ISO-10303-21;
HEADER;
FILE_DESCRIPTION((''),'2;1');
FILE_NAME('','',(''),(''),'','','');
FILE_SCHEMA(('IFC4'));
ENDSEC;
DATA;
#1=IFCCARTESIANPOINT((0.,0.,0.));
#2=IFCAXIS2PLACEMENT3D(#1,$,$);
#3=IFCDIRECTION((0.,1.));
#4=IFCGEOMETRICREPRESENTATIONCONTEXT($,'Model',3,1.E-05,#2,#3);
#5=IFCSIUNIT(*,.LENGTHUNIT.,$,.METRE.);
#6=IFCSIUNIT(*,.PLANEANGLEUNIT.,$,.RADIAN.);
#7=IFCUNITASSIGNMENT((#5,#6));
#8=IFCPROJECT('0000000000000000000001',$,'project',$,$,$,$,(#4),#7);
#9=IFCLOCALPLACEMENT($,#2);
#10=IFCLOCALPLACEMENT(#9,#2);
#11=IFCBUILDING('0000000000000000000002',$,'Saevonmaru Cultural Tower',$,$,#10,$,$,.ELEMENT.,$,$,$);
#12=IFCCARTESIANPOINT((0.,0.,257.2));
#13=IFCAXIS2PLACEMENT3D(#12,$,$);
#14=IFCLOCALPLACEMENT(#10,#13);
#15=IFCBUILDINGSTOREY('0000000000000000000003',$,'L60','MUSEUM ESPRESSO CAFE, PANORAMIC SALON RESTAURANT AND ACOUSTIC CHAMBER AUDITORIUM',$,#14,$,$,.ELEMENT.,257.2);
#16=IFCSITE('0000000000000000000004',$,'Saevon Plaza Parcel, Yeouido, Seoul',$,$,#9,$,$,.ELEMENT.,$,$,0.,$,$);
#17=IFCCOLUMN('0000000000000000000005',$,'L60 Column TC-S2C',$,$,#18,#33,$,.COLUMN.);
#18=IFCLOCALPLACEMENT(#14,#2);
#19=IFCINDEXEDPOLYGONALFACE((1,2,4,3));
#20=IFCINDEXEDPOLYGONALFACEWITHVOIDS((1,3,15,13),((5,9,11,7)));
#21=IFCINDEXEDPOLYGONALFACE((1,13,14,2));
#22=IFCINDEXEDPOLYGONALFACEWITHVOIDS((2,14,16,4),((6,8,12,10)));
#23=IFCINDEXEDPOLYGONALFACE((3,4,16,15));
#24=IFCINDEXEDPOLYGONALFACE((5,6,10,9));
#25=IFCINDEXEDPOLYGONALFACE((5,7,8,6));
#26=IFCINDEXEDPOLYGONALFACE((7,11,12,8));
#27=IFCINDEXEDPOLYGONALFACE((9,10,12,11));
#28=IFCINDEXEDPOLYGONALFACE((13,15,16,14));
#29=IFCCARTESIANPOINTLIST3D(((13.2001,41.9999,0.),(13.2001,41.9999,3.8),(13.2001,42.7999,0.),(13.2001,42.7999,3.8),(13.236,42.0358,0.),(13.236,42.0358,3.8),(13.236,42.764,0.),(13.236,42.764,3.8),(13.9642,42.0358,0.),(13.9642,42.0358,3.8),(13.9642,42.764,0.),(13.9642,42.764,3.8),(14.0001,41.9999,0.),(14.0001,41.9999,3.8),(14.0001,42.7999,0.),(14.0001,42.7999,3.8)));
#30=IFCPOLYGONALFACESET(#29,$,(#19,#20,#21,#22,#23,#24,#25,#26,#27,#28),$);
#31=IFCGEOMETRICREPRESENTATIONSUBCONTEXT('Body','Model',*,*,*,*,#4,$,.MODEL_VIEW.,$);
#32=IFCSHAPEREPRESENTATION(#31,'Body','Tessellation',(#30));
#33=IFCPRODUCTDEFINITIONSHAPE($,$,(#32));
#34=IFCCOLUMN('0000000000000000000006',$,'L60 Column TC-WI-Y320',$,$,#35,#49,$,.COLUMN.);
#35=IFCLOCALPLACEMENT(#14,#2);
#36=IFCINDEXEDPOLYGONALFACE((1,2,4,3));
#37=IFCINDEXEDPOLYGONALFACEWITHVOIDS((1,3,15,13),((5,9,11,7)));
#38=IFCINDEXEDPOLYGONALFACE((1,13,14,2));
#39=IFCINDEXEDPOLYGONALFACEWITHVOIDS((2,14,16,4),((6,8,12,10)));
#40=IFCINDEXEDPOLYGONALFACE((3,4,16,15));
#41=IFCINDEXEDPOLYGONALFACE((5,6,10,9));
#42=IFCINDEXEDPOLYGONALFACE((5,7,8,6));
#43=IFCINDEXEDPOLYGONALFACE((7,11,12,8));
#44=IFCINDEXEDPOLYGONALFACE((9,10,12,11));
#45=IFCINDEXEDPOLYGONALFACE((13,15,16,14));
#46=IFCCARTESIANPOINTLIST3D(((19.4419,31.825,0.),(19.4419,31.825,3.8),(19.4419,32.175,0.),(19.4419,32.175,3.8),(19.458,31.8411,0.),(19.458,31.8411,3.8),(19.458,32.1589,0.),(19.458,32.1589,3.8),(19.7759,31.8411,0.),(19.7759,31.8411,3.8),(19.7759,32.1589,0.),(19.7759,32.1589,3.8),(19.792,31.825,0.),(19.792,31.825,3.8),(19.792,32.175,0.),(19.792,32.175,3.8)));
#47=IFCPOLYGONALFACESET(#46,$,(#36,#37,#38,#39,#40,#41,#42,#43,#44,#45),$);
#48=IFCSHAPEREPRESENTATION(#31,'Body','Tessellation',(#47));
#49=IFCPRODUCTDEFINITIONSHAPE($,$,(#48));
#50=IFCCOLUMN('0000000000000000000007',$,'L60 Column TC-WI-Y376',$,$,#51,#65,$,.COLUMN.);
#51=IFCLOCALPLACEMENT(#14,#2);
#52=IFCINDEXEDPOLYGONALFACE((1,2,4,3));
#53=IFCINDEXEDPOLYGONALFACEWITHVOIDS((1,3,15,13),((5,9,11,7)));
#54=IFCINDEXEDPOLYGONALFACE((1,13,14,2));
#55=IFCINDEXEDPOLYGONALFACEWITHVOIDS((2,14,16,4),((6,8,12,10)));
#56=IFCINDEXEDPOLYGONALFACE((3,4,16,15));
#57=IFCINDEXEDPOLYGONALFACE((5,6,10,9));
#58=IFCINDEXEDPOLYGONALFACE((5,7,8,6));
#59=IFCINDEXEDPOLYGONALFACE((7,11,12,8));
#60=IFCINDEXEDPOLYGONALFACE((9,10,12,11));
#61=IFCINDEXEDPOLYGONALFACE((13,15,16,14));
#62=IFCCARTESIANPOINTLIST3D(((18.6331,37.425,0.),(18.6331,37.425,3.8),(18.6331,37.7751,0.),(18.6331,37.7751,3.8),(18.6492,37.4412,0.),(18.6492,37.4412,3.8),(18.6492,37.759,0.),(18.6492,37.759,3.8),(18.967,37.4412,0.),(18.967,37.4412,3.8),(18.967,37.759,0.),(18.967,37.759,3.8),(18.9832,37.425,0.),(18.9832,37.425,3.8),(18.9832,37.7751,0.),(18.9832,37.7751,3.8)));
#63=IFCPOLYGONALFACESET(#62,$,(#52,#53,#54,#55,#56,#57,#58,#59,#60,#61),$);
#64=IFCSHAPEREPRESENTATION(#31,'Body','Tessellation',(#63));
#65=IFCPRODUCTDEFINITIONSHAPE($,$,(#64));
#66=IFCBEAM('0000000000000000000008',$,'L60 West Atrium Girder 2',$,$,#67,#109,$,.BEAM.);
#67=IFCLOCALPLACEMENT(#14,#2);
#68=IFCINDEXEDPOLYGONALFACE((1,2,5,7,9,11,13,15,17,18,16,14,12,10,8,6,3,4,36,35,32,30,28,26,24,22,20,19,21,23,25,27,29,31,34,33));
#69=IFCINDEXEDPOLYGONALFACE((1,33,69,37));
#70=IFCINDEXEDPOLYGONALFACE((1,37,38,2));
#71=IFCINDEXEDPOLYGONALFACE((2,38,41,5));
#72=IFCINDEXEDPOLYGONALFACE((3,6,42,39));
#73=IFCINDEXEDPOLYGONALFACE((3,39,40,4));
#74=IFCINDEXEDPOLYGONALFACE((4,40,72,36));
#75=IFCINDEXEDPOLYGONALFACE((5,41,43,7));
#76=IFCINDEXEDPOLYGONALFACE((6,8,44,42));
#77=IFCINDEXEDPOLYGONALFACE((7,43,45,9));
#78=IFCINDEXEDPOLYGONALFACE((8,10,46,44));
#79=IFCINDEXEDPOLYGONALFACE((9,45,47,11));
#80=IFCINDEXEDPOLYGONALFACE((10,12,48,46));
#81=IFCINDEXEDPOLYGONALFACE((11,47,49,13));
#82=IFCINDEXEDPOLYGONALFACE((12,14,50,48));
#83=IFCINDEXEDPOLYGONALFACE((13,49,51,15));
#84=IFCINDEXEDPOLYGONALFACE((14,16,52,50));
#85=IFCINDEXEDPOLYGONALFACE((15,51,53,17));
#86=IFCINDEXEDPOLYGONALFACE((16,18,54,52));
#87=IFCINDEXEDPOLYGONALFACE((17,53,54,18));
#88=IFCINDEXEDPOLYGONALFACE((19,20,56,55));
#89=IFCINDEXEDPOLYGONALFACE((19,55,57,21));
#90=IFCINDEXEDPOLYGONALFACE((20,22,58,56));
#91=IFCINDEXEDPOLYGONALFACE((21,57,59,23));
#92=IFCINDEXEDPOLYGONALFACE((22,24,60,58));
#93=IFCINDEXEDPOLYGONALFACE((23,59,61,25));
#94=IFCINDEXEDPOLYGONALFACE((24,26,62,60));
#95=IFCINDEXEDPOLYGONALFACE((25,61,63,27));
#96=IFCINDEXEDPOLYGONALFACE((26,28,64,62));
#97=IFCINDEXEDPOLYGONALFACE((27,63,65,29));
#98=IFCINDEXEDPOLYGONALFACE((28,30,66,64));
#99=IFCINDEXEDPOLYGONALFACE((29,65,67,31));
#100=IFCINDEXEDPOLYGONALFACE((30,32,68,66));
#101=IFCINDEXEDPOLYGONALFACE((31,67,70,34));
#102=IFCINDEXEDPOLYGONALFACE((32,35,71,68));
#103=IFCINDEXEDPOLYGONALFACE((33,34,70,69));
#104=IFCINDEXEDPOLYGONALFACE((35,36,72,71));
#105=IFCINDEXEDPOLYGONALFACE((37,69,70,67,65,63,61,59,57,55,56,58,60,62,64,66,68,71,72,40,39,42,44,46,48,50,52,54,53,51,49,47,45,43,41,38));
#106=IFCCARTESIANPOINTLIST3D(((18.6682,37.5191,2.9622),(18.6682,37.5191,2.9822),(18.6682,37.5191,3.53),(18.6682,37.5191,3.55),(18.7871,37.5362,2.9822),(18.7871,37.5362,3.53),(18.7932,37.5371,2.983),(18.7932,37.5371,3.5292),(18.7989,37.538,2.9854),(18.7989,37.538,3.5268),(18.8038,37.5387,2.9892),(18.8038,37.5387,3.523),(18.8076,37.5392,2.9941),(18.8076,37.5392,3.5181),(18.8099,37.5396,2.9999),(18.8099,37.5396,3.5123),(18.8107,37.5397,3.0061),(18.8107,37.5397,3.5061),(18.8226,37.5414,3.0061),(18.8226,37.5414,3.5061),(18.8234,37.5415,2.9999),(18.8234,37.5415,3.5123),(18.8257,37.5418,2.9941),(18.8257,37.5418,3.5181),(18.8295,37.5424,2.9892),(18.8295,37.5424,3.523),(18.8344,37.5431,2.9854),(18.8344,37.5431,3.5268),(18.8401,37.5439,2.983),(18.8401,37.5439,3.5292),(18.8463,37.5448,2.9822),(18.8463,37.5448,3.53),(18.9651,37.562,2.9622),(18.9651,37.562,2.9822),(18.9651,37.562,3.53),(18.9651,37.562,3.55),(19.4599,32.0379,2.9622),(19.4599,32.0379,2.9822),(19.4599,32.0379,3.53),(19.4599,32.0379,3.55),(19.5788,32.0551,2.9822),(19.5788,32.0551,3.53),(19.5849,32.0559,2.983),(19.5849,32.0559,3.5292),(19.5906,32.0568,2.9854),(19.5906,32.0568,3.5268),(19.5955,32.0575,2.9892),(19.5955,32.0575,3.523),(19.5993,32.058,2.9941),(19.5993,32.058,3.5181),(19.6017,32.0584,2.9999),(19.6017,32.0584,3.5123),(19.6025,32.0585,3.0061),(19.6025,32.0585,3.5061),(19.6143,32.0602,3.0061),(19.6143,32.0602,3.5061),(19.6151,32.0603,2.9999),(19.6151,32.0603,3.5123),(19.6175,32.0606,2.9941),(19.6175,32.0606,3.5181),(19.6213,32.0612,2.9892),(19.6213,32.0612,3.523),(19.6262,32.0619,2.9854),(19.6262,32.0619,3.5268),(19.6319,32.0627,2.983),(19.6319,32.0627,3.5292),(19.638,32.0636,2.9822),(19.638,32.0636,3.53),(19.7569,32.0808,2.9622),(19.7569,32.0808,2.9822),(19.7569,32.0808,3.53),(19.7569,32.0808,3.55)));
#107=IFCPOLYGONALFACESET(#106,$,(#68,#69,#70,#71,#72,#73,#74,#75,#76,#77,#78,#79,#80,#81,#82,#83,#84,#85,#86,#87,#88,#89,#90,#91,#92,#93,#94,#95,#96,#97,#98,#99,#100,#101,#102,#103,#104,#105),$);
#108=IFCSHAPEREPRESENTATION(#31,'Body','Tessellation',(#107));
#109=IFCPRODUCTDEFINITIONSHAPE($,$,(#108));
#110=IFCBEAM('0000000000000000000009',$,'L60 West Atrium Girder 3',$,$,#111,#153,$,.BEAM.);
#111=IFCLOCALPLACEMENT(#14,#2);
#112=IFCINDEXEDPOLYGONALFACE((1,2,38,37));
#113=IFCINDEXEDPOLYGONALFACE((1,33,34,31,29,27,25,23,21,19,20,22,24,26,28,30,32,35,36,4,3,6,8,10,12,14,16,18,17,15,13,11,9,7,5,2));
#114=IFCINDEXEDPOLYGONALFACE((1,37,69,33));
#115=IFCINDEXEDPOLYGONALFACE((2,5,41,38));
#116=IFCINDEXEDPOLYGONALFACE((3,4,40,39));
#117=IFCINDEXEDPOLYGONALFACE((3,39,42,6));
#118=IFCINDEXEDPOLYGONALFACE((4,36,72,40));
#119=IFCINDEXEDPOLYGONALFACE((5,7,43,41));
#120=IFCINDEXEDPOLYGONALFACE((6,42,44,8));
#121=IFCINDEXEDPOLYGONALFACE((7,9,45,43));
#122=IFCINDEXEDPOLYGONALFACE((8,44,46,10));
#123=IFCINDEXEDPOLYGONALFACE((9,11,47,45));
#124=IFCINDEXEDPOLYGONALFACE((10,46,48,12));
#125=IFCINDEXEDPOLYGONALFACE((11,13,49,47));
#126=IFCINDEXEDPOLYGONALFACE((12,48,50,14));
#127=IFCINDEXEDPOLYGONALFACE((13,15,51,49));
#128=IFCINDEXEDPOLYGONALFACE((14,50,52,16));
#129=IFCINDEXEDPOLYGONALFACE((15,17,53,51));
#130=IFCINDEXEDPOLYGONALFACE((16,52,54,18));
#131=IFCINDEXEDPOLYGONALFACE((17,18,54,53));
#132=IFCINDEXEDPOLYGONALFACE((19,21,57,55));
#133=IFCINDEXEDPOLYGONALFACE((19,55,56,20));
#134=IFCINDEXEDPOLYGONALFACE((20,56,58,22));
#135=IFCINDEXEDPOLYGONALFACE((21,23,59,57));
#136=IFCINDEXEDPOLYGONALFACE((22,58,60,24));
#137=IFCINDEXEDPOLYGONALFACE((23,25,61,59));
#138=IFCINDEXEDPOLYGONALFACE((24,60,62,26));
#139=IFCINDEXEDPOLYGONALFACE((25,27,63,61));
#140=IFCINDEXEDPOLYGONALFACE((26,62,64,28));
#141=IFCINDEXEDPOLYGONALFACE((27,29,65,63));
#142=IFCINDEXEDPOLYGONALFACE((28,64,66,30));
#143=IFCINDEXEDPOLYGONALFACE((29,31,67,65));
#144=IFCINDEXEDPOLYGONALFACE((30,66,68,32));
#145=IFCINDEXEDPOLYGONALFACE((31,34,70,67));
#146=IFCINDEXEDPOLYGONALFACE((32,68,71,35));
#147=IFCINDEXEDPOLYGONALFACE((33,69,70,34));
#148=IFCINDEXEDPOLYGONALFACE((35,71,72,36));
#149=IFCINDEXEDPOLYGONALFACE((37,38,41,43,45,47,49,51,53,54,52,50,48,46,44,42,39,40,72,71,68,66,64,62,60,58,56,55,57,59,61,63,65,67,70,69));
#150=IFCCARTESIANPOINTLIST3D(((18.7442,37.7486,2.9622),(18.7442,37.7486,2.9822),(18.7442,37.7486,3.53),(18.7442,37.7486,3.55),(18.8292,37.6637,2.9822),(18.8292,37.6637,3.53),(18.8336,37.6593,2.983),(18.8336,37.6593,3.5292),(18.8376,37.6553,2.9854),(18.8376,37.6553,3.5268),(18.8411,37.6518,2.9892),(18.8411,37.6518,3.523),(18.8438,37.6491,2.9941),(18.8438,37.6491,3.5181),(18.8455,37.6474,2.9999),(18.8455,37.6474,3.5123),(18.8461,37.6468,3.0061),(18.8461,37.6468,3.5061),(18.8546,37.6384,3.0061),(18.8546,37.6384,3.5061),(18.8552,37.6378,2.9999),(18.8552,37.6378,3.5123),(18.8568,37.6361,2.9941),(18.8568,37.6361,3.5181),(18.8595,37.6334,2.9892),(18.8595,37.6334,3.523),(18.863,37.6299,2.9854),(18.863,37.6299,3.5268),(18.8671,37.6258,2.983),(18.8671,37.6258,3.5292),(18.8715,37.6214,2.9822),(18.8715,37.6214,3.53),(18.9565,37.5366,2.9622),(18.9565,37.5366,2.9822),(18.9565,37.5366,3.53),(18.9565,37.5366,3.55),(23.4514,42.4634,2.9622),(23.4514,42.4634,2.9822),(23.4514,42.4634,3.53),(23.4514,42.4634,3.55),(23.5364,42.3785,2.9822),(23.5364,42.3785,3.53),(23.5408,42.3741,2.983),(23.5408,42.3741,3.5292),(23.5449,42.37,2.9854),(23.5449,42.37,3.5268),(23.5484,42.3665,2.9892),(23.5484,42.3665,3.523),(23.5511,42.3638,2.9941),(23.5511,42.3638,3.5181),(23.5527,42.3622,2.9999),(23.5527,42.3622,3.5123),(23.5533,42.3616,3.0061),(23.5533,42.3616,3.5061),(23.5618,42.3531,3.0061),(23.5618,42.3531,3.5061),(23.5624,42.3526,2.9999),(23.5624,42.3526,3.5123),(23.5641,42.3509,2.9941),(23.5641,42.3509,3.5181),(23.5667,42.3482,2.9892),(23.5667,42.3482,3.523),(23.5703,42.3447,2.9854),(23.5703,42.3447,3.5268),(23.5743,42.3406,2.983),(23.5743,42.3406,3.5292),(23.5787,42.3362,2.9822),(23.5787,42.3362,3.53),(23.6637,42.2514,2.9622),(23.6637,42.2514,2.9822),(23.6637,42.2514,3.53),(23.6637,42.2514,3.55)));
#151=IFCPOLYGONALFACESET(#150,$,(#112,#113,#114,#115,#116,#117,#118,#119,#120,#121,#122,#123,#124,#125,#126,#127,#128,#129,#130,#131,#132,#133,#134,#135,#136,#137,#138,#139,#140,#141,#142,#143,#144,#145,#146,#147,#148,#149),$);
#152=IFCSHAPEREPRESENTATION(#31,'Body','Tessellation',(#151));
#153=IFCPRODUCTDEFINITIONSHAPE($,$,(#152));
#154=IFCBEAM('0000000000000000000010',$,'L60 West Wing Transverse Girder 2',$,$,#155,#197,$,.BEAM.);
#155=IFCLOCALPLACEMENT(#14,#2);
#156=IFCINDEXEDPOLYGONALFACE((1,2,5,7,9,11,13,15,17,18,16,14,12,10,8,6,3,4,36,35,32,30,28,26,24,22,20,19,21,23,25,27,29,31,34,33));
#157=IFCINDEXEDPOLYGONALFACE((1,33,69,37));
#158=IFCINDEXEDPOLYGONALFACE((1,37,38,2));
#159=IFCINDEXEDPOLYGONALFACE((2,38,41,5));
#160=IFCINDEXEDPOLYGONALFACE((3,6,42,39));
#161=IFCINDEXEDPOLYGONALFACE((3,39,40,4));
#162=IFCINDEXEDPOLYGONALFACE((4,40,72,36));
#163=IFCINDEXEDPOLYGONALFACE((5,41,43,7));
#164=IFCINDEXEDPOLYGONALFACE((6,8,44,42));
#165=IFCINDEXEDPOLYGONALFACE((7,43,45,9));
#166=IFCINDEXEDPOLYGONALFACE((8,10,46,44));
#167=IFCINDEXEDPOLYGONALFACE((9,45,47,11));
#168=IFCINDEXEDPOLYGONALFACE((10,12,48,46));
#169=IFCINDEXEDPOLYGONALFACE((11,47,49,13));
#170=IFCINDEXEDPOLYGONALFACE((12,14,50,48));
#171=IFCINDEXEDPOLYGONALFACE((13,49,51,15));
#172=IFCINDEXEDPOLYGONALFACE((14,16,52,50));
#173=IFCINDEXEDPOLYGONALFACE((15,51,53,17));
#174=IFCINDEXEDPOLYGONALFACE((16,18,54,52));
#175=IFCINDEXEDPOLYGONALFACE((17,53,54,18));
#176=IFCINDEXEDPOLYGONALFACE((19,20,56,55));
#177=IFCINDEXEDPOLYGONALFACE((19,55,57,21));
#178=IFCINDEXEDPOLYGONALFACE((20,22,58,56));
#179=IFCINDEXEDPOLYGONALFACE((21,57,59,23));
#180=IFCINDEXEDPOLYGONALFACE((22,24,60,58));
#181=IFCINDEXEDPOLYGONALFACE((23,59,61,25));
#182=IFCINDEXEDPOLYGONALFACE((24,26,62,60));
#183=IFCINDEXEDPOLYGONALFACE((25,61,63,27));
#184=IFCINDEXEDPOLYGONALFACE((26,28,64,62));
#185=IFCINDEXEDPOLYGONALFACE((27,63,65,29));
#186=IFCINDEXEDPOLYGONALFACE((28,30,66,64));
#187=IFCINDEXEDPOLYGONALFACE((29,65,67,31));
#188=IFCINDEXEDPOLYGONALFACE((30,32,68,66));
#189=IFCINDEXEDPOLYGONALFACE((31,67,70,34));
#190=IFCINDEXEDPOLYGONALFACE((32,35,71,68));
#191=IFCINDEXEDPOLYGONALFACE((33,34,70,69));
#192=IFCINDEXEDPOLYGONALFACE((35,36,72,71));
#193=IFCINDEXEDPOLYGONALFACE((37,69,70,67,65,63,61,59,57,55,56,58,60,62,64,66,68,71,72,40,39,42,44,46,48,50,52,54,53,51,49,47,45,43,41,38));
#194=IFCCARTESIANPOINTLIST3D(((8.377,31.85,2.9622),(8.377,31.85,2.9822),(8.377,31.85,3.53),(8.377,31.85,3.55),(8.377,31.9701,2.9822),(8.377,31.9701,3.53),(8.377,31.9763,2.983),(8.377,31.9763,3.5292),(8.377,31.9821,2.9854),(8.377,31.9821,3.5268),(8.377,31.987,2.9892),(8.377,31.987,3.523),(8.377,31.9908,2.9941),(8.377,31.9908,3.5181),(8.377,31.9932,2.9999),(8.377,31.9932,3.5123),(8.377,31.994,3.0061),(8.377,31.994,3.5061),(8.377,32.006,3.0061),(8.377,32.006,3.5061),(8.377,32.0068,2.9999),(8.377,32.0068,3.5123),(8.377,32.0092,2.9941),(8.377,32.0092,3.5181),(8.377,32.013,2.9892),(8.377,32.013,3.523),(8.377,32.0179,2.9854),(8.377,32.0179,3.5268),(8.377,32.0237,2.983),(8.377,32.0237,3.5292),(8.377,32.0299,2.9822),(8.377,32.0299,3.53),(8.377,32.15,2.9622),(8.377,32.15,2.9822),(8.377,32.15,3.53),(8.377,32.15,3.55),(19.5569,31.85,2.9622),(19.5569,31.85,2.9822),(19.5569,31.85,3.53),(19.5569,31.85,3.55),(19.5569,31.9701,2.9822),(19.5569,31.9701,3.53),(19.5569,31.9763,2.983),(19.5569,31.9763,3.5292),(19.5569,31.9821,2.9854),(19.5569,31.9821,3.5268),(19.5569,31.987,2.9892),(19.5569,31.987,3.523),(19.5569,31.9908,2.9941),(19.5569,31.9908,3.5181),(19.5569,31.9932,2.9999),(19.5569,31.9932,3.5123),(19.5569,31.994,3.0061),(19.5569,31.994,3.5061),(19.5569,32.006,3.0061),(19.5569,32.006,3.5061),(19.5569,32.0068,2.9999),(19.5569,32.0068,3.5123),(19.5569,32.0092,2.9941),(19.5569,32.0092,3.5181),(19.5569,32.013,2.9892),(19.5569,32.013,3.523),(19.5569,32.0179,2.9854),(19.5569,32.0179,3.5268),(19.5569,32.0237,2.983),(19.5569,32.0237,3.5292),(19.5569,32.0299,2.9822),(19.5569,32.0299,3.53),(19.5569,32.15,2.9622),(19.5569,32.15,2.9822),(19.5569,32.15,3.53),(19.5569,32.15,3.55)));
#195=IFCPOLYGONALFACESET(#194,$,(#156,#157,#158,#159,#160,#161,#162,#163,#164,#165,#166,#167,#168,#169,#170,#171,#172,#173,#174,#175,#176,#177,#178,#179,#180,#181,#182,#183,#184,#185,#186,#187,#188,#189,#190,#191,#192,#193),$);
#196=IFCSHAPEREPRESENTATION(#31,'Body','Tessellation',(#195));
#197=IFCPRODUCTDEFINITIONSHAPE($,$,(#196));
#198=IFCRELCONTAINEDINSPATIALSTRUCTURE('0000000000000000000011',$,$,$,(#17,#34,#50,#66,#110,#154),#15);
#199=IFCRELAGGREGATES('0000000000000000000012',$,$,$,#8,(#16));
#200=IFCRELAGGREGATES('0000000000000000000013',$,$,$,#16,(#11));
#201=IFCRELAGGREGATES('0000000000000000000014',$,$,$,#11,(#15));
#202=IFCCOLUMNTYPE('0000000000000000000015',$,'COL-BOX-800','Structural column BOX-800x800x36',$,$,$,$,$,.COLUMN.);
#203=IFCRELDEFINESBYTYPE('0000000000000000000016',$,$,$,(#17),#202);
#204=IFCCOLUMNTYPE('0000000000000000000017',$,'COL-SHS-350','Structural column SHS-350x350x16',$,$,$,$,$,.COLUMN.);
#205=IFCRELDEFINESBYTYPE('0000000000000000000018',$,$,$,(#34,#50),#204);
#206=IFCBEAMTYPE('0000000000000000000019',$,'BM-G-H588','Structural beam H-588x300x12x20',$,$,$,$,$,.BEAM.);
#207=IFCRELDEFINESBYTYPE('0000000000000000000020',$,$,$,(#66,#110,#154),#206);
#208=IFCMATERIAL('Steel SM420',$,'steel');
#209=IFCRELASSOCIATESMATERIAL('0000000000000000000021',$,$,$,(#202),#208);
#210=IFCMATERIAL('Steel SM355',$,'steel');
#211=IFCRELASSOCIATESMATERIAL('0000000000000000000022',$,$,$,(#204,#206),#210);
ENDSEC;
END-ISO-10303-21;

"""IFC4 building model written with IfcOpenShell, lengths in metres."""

from ifc_helpers import new_model, si_unit, direction, frame, origin, origin_2d, place, context, subcontext, project, spatial, hollow_rectangle, i_section, extrude, material, material_profile, profile_set, type_object, element, save


model = new_model("IFC4")

# Units and contexts
model_context = context("Model", 3, precision=1e-05, world=origin(), true_north=direction((0.0, 1.0)))
body_context = subcontext(model_context, "Body", "Model", "MODEL_VIEW")
ifc_project = project(units=[si_unit("LENGTHUNIT", "METRE"), si_unit("PLANEANGLEUNIT", "RADIAN")], contexts=[model_context])

# Site, building, storey
site_placement = place(None, origin())
site = spatial("IfcSite", under=ifc_project, at=site_placement, Name="Saevon Plaza Parcel, Yeouido, Seoul", CompositionType="ELEMENT", RefElevation=0.0)
building_placement = place(site_placement, origin())
building = spatial("IfcBuilding", under=site, at=building_placement, Name="Saevonmaru Cultural Tower", CompositionType="ELEMENT")
storey_placement = place(building_placement, frame((0.0, 0.0, 257.2)))
storey = spatial("IfcBuildingStorey", under=building, at=storey_placement, Name="L60", Description="MUSEUM ESPRESSO CAFE, PANORAMIC SALON RESTAURANT AND ACOUSTIC CHAMBER AUDITORIUM", CompositionType="ELEMENT", Elevation=257.2)

# Columns
ifc_material_1 = material(Name="Steel SM420", Category="steel")
ifc_material_profile_1 = material_profile(ifc_material_1, hollow_rectangle(XDim=0.8, YDim=0.8, WallThickness=0.0359, at=origin_2d()), Name="BOX-800x800x36")
ifc_profile_set_1 = profile_set([ifc_material_profile_1], Name="Steel SM420")
column_type_1 = type_object("IfcColumnType", Name="COL-BOX-800", Description="Structural column BOX-800x800x36", PredefinedType="COLUMN", material=ifc_profile_set_1)
column_placement = place(storey_placement, frame((13.6001, 42.3999, 0.0), z_axis=(0.0, 0.0, 1.0), x_axis=(1.0, 0.0, 0.0)))
element("IfcColumn", 1, at=column_placement, inside=storey, type_object=column_type_1, Name="L60 Column TC-S2C", PredefinedType="COLUMN", context=body_context, shape_type="SweptSolid", body=[
    extrude(hollow_rectangle(XDim=0.8, YDim=0.8, WallThickness=0.0359, at=origin_2d()), origin(), (0.0, 0.0, 1.0), 3.8),
])
ifc_material_2 = material(Name="Steel SM355", Category="steel")
ifc_material_profile_2 = material_profile(ifc_material_2, hollow_rectangle(XDim=0.3501, YDim=0.3501, WallThickness=0.0161, at=origin_2d()), Name="SHS-350x350x16")
ifc_profile_set_2 = profile_set([ifc_material_profile_2], Name="Steel SM355")
column_type_2 = type_object("IfcColumnType", Name="COL-SHS-350", Description="Structural column SHS-350x350x16", PredefinedType="COLUMN", material=ifc_profile_set_2)
for number, where, z_axis, x_axis, name in (
    (2, (19.6169, 32.0, 0.0), (0.0, 0.0, 1.0), (1.0, 0.0, 0.0), "L60 Column TC-WI-Y320"),
    (3, (18.8081, 37.6001, 0.0), (0.0, 0.0, 1.0), (1.0, 0.0, 0.0), "L60 Column TC-WI-Y376"),
):
    element("IfcColumn", number, at=place(storey_placement, frame(where, z_axis=z_axis, x_axis=x_axis)), inside=storey, type_object=column_type_2, Name=name, PredefinedType="COLUMN", context=body_context, shape_type="SweptSolid", body=[
        extrude(hollow_rectangle(XDim=0.3501, YDim=0.3501, WallThickness=0.0161, at=origin_2d()), origin(), (0.0, 0.0, 1.0), 3.8),
    ])

# Beams
ifc_material_profile_3 = material_profile(ifc_material_2, i_section(OverallWidth=0.3, OverallDepth=0.5879, WebThickness=0.012, FlangeThickness=0.02, FilletRadius=0.0239, at=origin_2d()), Name="H-588x300x12x20")
ifc_profile_set_3 = profile_set([ifc_material_profile_3], Name="Steel SM355")
beam_type = type_object("IfcBeamType", Name="BM-G-H588", Description="Structural beam H-588x300x12x20", PredefinedType="BEAM", material=ifc_profile_set_3)
beam_1_placement = place(storey_placement, frame((19.6084, 32.0593, 3.2561), z_axis=(-0.142964, 0.989728, 0.0), x_axis=(-0.989728, -0.142964, 0.0)))
element("IfcBeam", 4, at=beam_1_placement, inside=storey, type_object=beam_type, Name="L60 West Atrium Girder 2", PredefinedType="BEAM", context=body_context, shape_type="SweptSolid", body=[
    extrude(i_section(OverallWidth=0.3, OverallDepth=0.5879, WebThickness=0.012, FlangeThickness=0.02, FilletRadius=0.0239, at=origin_2d()), origin(), (0.0, 0.0, 1.0), 5.5381),
])
beam_2_placement = place(storey_placement, frame((18.8503, 37.6426, 3.2561), z_axis=(0.706539, 0.707675, 0.0), x_axis=(-0.707675, 0.706539, 0.0)))
element("IfcBeam", 5, at=beam_2_placement, inside=storey, type_object=beam_type, Name="L60 West Atrium Girder 3", PredefinedType="BEAM", context=body_context, shape_type="SweptSolid", body=[
    extrude(i_section(OverallWidth=0.3, OverallDepth=0.5879, WebThickness=0.012, FlangeThickness=0.02, FilletRadius=0.0239, at=origin_2d()), origin(), (0.0, 0.0, 1.0), 6.6624),
])
beam_3_placement = place(storey_placement, frame((8.377, 32.0, 3.2561), z_axis=(1.0, 0.0, 0.0), x_axis=(0.0, 1.0, 0.0)))
element("IfcBeam", 6, at=beam_3_placement, inside=storey, type_object=beam_type, Name="L60 West Wing Transverse Girder 2", PredefinedType="BEAM", context=body_context, shape_type="SweptSolid", body=[
    extrude(i_section(OverallWidth=0.3, OverallDepth=0.5879, WebThickness=0.012, FlangeThickness=0.02, FilletRadius=0.0239, at=origin_2d()), origin(), (0.0, 0.0, 1.0), 11.1799),
])

save(model, "model.ifc")
